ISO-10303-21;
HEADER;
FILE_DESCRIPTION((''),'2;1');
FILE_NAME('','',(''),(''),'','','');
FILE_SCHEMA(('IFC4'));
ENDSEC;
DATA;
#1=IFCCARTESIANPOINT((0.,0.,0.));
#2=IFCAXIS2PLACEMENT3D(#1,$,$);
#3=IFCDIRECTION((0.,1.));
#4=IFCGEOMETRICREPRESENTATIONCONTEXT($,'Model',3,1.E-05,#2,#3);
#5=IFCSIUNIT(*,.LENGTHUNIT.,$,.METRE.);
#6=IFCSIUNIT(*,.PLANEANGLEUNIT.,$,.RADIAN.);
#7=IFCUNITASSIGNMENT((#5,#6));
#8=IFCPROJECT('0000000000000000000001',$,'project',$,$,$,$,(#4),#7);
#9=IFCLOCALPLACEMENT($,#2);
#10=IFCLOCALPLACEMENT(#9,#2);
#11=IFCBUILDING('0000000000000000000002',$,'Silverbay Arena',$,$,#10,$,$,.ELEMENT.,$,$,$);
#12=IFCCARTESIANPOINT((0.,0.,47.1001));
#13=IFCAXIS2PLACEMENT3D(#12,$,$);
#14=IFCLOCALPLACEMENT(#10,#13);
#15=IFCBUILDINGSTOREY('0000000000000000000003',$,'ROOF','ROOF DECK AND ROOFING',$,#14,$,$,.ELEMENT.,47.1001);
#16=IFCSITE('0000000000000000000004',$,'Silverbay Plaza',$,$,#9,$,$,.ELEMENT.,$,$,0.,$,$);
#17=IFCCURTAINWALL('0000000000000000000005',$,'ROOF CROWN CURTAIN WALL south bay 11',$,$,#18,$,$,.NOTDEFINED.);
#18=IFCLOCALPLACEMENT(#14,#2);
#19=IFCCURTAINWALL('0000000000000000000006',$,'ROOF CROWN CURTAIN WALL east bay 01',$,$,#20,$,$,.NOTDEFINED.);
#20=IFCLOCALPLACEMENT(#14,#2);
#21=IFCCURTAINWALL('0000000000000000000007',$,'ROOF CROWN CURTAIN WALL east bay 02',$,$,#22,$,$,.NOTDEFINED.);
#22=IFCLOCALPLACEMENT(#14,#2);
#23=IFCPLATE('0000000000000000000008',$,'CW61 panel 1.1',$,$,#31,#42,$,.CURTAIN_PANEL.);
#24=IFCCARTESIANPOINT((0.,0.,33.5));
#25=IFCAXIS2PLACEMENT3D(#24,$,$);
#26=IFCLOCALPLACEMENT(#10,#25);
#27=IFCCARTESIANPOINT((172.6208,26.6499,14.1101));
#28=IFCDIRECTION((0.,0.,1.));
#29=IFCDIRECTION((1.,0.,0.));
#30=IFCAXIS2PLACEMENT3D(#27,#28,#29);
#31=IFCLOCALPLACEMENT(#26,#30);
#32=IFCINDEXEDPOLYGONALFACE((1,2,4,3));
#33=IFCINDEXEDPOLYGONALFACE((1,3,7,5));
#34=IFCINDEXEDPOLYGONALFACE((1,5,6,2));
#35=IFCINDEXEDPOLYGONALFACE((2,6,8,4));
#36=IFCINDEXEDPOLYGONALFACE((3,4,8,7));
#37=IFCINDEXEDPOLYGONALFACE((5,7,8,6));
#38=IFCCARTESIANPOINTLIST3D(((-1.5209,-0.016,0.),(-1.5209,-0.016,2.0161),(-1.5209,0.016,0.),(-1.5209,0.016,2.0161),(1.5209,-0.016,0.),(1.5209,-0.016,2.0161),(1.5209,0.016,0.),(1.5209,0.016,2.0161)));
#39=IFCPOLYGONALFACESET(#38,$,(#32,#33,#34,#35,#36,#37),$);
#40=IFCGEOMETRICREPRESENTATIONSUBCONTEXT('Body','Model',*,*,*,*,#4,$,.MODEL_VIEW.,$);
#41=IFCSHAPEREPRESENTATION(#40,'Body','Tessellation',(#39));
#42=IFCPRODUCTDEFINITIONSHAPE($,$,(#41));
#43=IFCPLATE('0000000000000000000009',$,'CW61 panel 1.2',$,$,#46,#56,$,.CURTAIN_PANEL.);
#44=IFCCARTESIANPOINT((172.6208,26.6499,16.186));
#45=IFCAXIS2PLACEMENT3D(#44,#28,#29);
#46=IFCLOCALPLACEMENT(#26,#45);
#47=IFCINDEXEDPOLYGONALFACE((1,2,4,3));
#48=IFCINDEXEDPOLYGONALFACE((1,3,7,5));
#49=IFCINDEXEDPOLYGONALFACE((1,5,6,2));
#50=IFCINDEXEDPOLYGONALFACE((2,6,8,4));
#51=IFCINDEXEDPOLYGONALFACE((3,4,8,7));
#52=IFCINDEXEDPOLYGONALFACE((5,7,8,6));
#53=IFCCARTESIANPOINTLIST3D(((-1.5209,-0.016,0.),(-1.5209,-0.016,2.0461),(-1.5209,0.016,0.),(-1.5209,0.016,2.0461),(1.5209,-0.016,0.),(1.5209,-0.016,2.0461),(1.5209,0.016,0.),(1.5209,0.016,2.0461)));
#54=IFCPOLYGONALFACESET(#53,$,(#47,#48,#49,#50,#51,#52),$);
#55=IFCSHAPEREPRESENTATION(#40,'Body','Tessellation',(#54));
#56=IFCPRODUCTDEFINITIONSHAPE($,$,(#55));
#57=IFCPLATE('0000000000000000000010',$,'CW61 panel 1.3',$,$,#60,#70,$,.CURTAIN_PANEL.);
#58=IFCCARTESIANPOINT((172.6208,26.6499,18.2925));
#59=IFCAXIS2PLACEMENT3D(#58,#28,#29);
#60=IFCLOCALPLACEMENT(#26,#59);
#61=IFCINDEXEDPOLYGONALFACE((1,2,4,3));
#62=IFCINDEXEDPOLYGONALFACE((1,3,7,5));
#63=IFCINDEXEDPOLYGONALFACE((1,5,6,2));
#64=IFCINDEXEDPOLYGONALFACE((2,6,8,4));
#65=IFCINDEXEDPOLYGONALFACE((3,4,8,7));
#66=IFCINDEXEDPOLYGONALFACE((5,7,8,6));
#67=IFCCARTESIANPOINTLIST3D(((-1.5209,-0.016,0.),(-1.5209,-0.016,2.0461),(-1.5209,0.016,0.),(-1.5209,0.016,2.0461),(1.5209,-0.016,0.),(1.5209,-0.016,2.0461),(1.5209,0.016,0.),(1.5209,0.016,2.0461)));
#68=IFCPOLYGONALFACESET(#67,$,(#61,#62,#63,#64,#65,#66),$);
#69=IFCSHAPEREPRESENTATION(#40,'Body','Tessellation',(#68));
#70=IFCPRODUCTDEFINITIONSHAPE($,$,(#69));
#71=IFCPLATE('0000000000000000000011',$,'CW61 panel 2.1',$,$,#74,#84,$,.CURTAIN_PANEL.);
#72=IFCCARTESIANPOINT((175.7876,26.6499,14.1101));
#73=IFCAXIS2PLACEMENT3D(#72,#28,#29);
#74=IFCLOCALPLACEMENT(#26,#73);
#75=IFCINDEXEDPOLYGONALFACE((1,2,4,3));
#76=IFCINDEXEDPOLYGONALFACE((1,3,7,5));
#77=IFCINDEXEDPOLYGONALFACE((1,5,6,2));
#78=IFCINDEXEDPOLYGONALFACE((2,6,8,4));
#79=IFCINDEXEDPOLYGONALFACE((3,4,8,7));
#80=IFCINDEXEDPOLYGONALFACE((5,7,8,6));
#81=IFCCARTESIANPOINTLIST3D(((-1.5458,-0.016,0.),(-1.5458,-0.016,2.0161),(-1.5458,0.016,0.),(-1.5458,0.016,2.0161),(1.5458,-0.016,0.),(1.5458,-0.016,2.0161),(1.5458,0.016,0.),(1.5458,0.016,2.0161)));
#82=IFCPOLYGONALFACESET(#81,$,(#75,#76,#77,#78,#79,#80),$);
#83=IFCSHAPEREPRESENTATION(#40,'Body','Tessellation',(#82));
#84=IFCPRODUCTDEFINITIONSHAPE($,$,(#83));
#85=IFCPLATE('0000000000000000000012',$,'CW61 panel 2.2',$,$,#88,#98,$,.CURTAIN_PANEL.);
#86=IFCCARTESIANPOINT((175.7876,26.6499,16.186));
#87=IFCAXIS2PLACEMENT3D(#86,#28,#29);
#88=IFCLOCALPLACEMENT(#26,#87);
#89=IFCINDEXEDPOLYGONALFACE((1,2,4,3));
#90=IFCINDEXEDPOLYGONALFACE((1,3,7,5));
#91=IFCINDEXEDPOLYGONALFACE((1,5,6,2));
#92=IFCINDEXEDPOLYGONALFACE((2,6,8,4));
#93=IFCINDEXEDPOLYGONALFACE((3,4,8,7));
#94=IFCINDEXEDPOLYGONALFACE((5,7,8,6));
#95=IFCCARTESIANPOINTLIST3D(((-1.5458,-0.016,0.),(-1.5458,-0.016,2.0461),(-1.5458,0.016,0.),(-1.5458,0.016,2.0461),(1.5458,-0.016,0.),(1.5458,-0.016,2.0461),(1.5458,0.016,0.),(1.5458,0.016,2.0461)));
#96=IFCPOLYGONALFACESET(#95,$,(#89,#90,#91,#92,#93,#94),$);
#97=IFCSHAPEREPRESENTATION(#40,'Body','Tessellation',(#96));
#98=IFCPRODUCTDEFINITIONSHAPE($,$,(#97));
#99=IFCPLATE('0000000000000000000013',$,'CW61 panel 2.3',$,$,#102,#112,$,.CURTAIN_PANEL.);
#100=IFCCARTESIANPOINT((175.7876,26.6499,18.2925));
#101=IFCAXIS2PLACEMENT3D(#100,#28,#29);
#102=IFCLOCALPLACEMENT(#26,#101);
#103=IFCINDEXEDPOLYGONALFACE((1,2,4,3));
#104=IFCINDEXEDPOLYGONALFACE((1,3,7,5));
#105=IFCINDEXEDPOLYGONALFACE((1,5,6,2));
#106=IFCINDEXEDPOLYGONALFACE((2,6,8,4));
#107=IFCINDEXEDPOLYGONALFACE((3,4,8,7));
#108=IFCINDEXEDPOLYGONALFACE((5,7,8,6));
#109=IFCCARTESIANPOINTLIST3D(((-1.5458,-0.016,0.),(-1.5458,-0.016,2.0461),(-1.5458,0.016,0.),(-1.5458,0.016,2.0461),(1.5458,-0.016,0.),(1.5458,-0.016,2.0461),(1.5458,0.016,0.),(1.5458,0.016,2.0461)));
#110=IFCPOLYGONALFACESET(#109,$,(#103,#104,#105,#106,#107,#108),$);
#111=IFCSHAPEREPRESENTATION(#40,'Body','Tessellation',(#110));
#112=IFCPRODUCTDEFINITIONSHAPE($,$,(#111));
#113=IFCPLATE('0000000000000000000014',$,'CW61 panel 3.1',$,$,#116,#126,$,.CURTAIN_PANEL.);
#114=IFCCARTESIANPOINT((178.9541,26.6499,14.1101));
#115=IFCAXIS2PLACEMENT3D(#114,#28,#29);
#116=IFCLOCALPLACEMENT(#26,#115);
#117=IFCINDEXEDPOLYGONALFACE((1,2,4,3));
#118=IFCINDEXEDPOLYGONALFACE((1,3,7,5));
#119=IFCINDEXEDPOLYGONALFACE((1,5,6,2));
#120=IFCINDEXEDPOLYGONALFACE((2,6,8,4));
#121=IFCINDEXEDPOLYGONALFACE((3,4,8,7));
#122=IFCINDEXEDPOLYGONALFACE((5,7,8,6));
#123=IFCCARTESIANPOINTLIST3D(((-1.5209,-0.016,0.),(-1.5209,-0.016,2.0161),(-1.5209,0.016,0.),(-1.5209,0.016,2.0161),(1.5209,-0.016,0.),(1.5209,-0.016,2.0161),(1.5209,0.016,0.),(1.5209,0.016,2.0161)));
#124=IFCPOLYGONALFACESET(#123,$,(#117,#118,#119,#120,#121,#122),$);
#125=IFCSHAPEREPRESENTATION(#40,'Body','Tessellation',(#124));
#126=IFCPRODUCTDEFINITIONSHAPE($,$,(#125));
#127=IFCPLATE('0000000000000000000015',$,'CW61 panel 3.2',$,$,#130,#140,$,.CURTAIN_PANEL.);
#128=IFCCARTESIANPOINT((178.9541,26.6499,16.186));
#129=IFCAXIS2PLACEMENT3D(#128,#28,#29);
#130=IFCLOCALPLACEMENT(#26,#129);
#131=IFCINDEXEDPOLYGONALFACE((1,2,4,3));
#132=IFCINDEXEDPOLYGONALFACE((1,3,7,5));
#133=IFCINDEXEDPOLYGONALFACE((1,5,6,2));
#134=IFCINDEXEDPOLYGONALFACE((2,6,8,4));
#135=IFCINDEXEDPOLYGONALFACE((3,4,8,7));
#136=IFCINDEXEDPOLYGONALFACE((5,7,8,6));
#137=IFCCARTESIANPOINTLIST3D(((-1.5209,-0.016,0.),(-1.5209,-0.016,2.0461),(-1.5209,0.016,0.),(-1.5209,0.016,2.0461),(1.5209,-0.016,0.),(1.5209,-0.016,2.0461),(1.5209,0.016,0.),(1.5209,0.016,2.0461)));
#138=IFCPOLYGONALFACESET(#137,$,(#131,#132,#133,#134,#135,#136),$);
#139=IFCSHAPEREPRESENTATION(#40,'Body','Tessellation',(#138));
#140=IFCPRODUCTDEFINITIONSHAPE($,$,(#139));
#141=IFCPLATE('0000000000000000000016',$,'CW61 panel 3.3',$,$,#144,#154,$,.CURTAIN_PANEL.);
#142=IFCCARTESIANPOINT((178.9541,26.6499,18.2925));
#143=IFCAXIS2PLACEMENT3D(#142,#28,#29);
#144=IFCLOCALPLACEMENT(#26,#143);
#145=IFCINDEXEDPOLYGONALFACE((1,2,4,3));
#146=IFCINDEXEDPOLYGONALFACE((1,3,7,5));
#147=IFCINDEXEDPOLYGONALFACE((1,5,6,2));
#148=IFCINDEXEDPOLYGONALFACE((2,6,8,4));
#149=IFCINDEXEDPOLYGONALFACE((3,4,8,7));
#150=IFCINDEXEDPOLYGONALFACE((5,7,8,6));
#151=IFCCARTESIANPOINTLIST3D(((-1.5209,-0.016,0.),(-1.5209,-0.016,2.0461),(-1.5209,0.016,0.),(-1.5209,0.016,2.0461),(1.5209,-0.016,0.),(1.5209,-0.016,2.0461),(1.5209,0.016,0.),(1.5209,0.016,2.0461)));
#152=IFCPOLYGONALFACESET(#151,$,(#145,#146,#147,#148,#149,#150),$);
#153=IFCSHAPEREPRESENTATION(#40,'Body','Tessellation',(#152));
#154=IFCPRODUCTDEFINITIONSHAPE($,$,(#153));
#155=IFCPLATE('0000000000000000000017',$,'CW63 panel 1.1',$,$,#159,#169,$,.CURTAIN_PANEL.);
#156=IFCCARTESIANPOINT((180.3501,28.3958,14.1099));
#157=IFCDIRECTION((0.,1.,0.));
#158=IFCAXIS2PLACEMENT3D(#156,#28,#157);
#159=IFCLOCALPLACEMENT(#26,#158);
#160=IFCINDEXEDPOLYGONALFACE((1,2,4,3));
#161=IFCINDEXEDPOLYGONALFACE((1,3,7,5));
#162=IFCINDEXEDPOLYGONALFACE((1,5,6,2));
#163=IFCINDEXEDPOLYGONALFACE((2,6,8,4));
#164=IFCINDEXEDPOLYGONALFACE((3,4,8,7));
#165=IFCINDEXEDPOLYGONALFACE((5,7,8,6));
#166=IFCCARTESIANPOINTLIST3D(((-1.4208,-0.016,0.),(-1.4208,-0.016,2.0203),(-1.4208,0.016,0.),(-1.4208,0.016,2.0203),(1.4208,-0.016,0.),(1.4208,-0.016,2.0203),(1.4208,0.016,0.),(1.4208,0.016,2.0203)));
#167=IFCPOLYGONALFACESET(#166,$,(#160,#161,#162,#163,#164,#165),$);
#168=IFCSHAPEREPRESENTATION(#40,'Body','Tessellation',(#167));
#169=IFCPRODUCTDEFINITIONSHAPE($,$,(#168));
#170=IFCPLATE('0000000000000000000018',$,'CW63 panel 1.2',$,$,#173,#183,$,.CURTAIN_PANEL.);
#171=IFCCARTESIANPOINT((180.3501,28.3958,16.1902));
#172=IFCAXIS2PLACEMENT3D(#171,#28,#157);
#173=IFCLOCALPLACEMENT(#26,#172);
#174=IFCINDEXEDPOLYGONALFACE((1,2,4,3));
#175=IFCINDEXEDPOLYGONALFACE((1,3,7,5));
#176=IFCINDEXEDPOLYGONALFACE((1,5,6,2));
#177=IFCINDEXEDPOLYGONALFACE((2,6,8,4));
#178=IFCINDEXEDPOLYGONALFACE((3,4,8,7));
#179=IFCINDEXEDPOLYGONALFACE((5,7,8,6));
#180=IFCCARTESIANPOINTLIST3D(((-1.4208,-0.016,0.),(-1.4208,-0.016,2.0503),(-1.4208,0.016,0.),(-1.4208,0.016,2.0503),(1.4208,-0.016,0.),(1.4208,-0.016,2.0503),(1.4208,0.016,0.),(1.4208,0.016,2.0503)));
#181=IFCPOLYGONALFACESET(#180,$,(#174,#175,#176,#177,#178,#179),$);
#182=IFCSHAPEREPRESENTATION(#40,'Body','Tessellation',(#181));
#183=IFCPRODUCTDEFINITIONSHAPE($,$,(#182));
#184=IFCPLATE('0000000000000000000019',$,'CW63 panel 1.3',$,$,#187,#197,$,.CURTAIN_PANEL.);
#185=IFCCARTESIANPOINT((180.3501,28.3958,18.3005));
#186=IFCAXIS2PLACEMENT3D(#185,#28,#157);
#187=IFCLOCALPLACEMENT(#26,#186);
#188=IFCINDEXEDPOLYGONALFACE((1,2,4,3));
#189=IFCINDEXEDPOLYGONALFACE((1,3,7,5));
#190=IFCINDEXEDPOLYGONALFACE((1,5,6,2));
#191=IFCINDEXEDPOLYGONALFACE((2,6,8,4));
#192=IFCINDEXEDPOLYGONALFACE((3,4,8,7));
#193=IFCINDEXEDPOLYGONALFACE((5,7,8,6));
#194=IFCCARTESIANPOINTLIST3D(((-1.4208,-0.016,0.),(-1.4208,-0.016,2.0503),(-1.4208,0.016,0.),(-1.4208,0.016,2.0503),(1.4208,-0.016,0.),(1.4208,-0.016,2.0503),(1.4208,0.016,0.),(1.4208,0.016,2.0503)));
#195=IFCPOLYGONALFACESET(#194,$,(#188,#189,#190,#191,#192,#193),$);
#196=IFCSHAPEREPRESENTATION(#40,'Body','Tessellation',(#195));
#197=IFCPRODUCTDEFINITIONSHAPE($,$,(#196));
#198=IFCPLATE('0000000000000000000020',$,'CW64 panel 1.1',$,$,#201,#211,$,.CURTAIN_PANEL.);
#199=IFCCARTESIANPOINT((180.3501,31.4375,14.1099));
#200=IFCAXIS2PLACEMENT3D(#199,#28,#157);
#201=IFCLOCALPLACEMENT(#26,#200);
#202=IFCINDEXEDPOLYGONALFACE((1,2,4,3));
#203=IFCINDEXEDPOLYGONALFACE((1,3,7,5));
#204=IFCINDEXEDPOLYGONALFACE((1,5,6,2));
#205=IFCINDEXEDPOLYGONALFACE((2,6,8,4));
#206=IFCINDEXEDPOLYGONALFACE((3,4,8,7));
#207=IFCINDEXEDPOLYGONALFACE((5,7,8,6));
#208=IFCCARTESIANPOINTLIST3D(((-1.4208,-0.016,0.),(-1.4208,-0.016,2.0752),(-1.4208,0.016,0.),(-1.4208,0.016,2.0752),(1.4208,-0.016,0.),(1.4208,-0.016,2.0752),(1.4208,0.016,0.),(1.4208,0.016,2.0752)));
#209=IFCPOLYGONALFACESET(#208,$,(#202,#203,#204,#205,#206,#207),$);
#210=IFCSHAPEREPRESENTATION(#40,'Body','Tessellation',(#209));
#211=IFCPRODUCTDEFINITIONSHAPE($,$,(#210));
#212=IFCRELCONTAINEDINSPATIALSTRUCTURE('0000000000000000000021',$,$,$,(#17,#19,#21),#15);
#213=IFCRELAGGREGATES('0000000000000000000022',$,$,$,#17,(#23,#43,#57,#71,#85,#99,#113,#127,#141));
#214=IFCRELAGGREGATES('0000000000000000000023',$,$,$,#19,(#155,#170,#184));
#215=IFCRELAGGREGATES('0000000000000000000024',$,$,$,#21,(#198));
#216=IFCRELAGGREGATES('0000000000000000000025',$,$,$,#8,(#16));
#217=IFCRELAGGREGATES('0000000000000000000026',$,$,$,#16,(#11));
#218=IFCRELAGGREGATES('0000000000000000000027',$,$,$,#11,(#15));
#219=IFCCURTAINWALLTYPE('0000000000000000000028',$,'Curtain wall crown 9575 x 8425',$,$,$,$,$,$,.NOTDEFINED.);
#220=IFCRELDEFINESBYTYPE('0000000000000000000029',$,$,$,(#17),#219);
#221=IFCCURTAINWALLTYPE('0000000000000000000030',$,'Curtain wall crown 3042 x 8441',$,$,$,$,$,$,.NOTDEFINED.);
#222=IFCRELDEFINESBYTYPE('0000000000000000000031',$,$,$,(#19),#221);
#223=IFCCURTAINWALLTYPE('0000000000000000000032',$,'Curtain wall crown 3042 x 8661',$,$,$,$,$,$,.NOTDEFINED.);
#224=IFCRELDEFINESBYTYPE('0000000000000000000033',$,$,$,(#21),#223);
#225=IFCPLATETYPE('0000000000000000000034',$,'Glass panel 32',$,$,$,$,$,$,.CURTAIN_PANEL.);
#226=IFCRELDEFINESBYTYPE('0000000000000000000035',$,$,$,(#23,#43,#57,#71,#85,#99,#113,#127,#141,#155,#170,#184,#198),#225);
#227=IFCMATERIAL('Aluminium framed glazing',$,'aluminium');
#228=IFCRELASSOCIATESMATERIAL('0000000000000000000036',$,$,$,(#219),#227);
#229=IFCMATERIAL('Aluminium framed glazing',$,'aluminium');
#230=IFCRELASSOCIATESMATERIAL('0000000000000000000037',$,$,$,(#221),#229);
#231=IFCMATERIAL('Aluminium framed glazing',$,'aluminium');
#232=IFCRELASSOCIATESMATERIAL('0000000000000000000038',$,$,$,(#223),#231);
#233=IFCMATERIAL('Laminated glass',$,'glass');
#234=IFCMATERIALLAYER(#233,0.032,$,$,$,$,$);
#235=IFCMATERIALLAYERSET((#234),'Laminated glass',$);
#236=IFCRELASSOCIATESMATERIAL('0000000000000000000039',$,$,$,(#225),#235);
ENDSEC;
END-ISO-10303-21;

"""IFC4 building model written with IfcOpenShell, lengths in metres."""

from ifc_helpers import new_model, si_unit, direction, frame, origin, origin_2d, place, context, subcontext, project, spatial, rectangle, extrude, material, layer, layer_set, type_object, element, aggregate, save


model = new_model("IFC4")

# Units and contexts
model_context = context("Model", 3, precision=1e-05, world=origin(), true_north=direction((0.0, 1.0)))
body_context = subcontext(model_context, "Body", "Model", "MODEL_VIEW")
ifc_project = project(units=[si_unit("LENGTHUNIT", "METRE"), si_unit("PLANEANGLEUNIT", "RADIAN")], contexts=[model_context])

# Site, building, storey
site_placement = place(None, origin())
site = spatial("IfcSite", under=ifc_project, at=site_placement, Name="Silverbay Plaza", CompositionType="ELEMENT", RefElevation=0.0)
building_placement = place(site_placement, origin())
building = spatial("IfcBuilding", under=site, at=building_placement, Name="Silverbay Arena", CompositionType="ELEMENT")
storey_placement = place(building_placement, frame((0.0, 0.0, 47.1001)))
storey = spatial("IfcBuildingStorey", under=building, at=storey_placement, Name="ROOF", Description="ROOF DECK AND ROOFING", CompositionType="ELEMENT", Elevation=47.1001)

# Curtain walls
ifc_material_1 = material(Name="Aluminium framed glazing", Category="aluminium")
curtain_wall_type_1 = type_object("IfcCurtainWallType", Name="Curtain wall crown 9575 x 8425", PredefinedType="NOTDEFINED", material=ifc_material_1)
curtain_wall_1_placement = place(storey_placement, origin())
curtain_wall_1 = element("IfcCurtainWall", 1, at=curtain_wall_1_placement, inside=storey, type_object=curtain_wall_type_1, Name="ROOF CROWN CURTAIN WALL south bay 11", PredefinedType="NOTDEFINED")
placement = place(building_placement, frame((0.0, 0.0, 33.5)))
ifc_material_2 = material(Name="Aluminium framed glazing", Category="aluminium")
curtain_wall_type_2 = type_object("IfcCurtainWallType", Name="Curtain wall crown 3042 x 8441", PredefinedType="NOTDEFINED", material=ifc_material_2)
curtain_wall_2_placement = place(storey_placement, origin())
curtain_wall_2 = element("IfcCurtainWall", 2, at=curtain_wall_2_placement, inside=storey, type_object=curtain_wall_type_2, Name="ROOF CROWN CURTAIN WALL east bay 01", PredefinedType="NOTDEFINED")

# Curtain wall
ifc_material_3 = material(Name="Aluminium framed glazing", Category="aluminium")
curtain_wall_type_3 = type_object("IfcCurtainWallType", Name="Curtain wall crown 3042 x 8661", PredefinedType="NOTDEFINED", material=ifc_material_3)
curtain_wall_3_placement = place(storey_placement, origin())
curtain_wall_3 = element("IfcCurtainWall", 3, at=curtain_wall_3_placement, inside=storey, type_object=curtain_wall_type_3, Name="ROOF CROWN CURTAIN WALL east bay 02", PredefinedType="NOTDEFINED")

# Plates
ifc_material_4 = material(Name="Laminated glass", Category="glass")
ifc_layer = layer(ifc_material_4, 0.032)
ifc_layer_set = layer_set([ifc_layer], Name="Laminated glass")
plate_type = type_object("IfcPlateType", Name="Glass panel 32", PredefinedType="CURTAIN_PANEL", material=ifc_layer_set)
plate_1_placement = place(placement, frame((172.6208, 26.6499, 14.1101), z_axis=(0.0, 0.0, 1.0), x_axis=(1.0, 0.0, 0.0)))
plate_1 = element("IfcPlate", 4, at=plate_1_placement, type_object=plate_type, Name="CW61 panel 1.1", PredefinedType="CURTAIN_PANEL", context=body_context, shape_type="SweptSolid", body=[
    extrude(rectangle(XDim=3.0417, YDim=0.032, at=origin_2d()), origin(), (0.0, 0.0, 1.0), 2.0161),
])
plate_2_placement = place(placement, frame((172.6208, 26.6499, 16.186), z_axis=(0.0, 0.0, 1.0), x_axis=(1.0, 0.0, 0.0)))
plate_2 = element("IfcPlate", 5, at=plate_2_placement, type_object=plate_type, Name="CW61 panel 1.2", PredefinedType="CURTAIN_PANEL", context=body_context, shape_type="SweptSolid", body=[
    extrude(rectangle(XDim=3.0417, YDim=0.032, at=origin_2d()), origin(), (0.0, 0.0, 1.0), 2.0461),
])
plate_3_placement = place(placement, frame((172.6208, 26.6499, 18.2925), z_axis=(0.0, 0.0, 1.0), x_axis=(1.0, 0.0, 0.0)))
plate_3 = element("IfcPlate", 6, at=plate_3_placement, type_object=plate_type, Name="CW61 panel 1.3", PredefinedType="CURTAIN_PANEL", context=body_context, shape_type="SweptSolid", body=[
    extrude(rectangle(XDim=3.0417, YDim=0.032, at=origin_2d()), origin(), (0.0, 0.0, 1.0), 2.0461),
])
plate_4_placement = place(placement, frame((175.7876, 26.6499, 14.1101), z_axis=(0.0, 0.0, 1.0), x_axis=(1.0, 0.0, 0.0)))
plate_4 = element("IfcPlate", 7, at=plate_4_placement, type_object=plate_type, Name="CW61 panel 2.1", PredefinedType="CURTAIN_PANEL", context=body_context, shape_type="SweptSolid", body=[
    extrude(rectangle(XDim=3.0916, YDim=0.032, at=origin_2d()), origin(), (0.0, 0.0, 1.0), 2.0161),
])
plate_5_placement = place(placement, frame((175.7876, 26.6499, 16.186), z_axis=(0.0, 0.0, 1.0), x_axis=(1.0, 0.0, 0.0)))
plate_5 = element("IfcPlate", 8, at=plate_5_placement, type_object=plate_type, Name="CW61 panel 2.2", PredefinedType="CURTAIN_PANEL", context=body_context, shape_type="SweptSolid", body=[
    extrude(rectangle(XDim=3.0916, YDim=0.032, at=origin_2d()), origin(), (0.0, 0.0, 1.0), 2.0461),
])
plate_6_placement = place(placement, frame((175.7876, 26.6499, 18.2925), z_axis=(0.0, 0.0, 1.0), x_axis=(1.0, 0.0, 0.0)))
plate_6 = element("IfcPlate", 9, at=plate_6_placement, type_object=plate_type, Name="CW61 panel 2.3", PredefinedType="CURTAIN_PANEL", context=body_context, shape_type="SweptSolid", body=[
    extrude(rectangle(XDim=3.0916, YDim=0.032, at=origin_2d()), origin(), (0.0, 0.0, 1.0), 2.0461),
])
plate_7_placement = place(placement, frame((178.9541, 26.6499, 14.1101), z_axis=(0.0, 0.0, 1.0), x_axis=(1.0, 0.0, 0.0)))
plate_7 = element("IfcPlate", 10, at=plate_7_placement, type_object=plate_type, Name="CW61 panel 3.1", PredefinedType="CURTAIN_PANEL", context=body_context, shape_type="SweptSolid", body=[
    extrude(rectangle(XDim=3.0417, YDim=0.032, at=origin_2d()), origin(), (0.0, 0.0, 1.0), 2.0161),
])
plate_8_placement = place(placement, frame((178.9541, 26.6499, 16.186), z_axis=(0.0, 0.0, 1.0), x_axis=(1.0, 0.0, 0.0)))
plate_8 = element("IfcPlate", 11, at=plate_8_placement, type_object=plate_type, Name="CW61 panel 3.2", PredefinedType="CURTAIN_PANEL", context=body_context, shape_type="SweptSolid", body=[
    extrude(rectangle(XDim=3.0417, YDim=0.032, at=origin_2d()), origin(), (0.0, 0.0, 1.0), 2.0461),
])
plate_9_placement = place(placement, frame((178.9541, 26.6499, 18.2925), z_axis=(0.0, 0.0, 1.0), x_axis=(1.0, 0.0, 0.0)))
plate_9 = element("IfcPlate", 12, at=plate_9_placement, type_object=plate_type, Name="CW61 panel 3.3", PredefinedType="CURTAIN_PANEL", context=body_context, shape_type="SweptSolid", body=[
    extrude(rectangle(XDim=3.0417, YDim=0.032, at=origin_2d()), origin(), (0.0, 0.0, 1.0), 2.0461),
])
aggregate(curtain_wall_1, [plate_1, plate_2, plate_3, plate_4, plate_5, plate_6, plate_7, plate_8, plate_9])
plate_10_placement = place(placement, frame((180.3501, 28.3958, 14.1099), z_axis=(0.0, 0.0, 1.0), x_axis=(0.0, 1.0, 0.0)))
plate_10 = element("IfcPlate", 13, at=plate_10_placement, type_object=plate_type, Name="CW63 panel 1.1", PredefinedType="CURTAIN_PANEL", context=body_context, shape_type="SweptSolid", body=[
    extrude(rectangle(XDim=2.8416, YDim=0.032, at=origin_2d()), origin(), (0.0, 0.0, 1.0), 2.0203),
])
plate_11_placement = place(placement, frame((180.3501, 28.3958, 16.1902), z_axis=(0.0, 0.0, 1.0), x_axis=(0.0, 1.0, 0.0)))
plate_11 = element("IfcPlate", 14, at=plate_11_placement, type_object=plate_type, Name="CW63 panel 1.2", PredefinedType="CURTAIN_PANEL", context=body_context, shape_type="SweptSolid", body=[
    extrude(rectangle(XDim=2.8416, YDim=0.032, at=origin_2d()), origin(), (0.0, 0.0, 1.0), 2.0503),
])
plate_12_placement = place(placement, frame((180.3501, 28.3958, 18.3005), z_axis=(0.0, 0.0, 1.0), x_axis=(0.0, 1.0, 0.0)))
plate_12 = element("IfcPlate", 15, at=plate_12_placement, type_object=plate_type, Name="CW63 panel 1.3", PredefinedType="CURTAIN_PANEL", context=body_context, shape_type="SweptSolid", body=[
    extrude(rectangle(XDim=2.8416, YDim=0.032, at=origin_2d()), origin(), (0.0, 0.0, 1.0), 2.0503),
])
aggregate(curtain_wall_2, [plate_10, plate_11, plate_12])
plate_13_placement = place(placement, frame((180.3501, 31.4375, 14.1099), z_axis=(0.0, 0.0, 1.0), x_axis=(0.0, 1.0, 0.0)))
plate_13 = element("IfcPlate", 16, at=plate_13_placement, type_object=plate_type, Name="CW64 panel 1.1", PredefinedType="CURTAIN_PANEL", context=body_context, shape_type="SweptSolid", body=[
    extrude(rectangle(XDim=2.8416, YDim=0.032, at=origin_2d()), origin(), (0.0, 0.0, 1.0), 2.0752),
])
aggregate(curtain_wall_3, [plate_13])

save(model, "model.ifc")
